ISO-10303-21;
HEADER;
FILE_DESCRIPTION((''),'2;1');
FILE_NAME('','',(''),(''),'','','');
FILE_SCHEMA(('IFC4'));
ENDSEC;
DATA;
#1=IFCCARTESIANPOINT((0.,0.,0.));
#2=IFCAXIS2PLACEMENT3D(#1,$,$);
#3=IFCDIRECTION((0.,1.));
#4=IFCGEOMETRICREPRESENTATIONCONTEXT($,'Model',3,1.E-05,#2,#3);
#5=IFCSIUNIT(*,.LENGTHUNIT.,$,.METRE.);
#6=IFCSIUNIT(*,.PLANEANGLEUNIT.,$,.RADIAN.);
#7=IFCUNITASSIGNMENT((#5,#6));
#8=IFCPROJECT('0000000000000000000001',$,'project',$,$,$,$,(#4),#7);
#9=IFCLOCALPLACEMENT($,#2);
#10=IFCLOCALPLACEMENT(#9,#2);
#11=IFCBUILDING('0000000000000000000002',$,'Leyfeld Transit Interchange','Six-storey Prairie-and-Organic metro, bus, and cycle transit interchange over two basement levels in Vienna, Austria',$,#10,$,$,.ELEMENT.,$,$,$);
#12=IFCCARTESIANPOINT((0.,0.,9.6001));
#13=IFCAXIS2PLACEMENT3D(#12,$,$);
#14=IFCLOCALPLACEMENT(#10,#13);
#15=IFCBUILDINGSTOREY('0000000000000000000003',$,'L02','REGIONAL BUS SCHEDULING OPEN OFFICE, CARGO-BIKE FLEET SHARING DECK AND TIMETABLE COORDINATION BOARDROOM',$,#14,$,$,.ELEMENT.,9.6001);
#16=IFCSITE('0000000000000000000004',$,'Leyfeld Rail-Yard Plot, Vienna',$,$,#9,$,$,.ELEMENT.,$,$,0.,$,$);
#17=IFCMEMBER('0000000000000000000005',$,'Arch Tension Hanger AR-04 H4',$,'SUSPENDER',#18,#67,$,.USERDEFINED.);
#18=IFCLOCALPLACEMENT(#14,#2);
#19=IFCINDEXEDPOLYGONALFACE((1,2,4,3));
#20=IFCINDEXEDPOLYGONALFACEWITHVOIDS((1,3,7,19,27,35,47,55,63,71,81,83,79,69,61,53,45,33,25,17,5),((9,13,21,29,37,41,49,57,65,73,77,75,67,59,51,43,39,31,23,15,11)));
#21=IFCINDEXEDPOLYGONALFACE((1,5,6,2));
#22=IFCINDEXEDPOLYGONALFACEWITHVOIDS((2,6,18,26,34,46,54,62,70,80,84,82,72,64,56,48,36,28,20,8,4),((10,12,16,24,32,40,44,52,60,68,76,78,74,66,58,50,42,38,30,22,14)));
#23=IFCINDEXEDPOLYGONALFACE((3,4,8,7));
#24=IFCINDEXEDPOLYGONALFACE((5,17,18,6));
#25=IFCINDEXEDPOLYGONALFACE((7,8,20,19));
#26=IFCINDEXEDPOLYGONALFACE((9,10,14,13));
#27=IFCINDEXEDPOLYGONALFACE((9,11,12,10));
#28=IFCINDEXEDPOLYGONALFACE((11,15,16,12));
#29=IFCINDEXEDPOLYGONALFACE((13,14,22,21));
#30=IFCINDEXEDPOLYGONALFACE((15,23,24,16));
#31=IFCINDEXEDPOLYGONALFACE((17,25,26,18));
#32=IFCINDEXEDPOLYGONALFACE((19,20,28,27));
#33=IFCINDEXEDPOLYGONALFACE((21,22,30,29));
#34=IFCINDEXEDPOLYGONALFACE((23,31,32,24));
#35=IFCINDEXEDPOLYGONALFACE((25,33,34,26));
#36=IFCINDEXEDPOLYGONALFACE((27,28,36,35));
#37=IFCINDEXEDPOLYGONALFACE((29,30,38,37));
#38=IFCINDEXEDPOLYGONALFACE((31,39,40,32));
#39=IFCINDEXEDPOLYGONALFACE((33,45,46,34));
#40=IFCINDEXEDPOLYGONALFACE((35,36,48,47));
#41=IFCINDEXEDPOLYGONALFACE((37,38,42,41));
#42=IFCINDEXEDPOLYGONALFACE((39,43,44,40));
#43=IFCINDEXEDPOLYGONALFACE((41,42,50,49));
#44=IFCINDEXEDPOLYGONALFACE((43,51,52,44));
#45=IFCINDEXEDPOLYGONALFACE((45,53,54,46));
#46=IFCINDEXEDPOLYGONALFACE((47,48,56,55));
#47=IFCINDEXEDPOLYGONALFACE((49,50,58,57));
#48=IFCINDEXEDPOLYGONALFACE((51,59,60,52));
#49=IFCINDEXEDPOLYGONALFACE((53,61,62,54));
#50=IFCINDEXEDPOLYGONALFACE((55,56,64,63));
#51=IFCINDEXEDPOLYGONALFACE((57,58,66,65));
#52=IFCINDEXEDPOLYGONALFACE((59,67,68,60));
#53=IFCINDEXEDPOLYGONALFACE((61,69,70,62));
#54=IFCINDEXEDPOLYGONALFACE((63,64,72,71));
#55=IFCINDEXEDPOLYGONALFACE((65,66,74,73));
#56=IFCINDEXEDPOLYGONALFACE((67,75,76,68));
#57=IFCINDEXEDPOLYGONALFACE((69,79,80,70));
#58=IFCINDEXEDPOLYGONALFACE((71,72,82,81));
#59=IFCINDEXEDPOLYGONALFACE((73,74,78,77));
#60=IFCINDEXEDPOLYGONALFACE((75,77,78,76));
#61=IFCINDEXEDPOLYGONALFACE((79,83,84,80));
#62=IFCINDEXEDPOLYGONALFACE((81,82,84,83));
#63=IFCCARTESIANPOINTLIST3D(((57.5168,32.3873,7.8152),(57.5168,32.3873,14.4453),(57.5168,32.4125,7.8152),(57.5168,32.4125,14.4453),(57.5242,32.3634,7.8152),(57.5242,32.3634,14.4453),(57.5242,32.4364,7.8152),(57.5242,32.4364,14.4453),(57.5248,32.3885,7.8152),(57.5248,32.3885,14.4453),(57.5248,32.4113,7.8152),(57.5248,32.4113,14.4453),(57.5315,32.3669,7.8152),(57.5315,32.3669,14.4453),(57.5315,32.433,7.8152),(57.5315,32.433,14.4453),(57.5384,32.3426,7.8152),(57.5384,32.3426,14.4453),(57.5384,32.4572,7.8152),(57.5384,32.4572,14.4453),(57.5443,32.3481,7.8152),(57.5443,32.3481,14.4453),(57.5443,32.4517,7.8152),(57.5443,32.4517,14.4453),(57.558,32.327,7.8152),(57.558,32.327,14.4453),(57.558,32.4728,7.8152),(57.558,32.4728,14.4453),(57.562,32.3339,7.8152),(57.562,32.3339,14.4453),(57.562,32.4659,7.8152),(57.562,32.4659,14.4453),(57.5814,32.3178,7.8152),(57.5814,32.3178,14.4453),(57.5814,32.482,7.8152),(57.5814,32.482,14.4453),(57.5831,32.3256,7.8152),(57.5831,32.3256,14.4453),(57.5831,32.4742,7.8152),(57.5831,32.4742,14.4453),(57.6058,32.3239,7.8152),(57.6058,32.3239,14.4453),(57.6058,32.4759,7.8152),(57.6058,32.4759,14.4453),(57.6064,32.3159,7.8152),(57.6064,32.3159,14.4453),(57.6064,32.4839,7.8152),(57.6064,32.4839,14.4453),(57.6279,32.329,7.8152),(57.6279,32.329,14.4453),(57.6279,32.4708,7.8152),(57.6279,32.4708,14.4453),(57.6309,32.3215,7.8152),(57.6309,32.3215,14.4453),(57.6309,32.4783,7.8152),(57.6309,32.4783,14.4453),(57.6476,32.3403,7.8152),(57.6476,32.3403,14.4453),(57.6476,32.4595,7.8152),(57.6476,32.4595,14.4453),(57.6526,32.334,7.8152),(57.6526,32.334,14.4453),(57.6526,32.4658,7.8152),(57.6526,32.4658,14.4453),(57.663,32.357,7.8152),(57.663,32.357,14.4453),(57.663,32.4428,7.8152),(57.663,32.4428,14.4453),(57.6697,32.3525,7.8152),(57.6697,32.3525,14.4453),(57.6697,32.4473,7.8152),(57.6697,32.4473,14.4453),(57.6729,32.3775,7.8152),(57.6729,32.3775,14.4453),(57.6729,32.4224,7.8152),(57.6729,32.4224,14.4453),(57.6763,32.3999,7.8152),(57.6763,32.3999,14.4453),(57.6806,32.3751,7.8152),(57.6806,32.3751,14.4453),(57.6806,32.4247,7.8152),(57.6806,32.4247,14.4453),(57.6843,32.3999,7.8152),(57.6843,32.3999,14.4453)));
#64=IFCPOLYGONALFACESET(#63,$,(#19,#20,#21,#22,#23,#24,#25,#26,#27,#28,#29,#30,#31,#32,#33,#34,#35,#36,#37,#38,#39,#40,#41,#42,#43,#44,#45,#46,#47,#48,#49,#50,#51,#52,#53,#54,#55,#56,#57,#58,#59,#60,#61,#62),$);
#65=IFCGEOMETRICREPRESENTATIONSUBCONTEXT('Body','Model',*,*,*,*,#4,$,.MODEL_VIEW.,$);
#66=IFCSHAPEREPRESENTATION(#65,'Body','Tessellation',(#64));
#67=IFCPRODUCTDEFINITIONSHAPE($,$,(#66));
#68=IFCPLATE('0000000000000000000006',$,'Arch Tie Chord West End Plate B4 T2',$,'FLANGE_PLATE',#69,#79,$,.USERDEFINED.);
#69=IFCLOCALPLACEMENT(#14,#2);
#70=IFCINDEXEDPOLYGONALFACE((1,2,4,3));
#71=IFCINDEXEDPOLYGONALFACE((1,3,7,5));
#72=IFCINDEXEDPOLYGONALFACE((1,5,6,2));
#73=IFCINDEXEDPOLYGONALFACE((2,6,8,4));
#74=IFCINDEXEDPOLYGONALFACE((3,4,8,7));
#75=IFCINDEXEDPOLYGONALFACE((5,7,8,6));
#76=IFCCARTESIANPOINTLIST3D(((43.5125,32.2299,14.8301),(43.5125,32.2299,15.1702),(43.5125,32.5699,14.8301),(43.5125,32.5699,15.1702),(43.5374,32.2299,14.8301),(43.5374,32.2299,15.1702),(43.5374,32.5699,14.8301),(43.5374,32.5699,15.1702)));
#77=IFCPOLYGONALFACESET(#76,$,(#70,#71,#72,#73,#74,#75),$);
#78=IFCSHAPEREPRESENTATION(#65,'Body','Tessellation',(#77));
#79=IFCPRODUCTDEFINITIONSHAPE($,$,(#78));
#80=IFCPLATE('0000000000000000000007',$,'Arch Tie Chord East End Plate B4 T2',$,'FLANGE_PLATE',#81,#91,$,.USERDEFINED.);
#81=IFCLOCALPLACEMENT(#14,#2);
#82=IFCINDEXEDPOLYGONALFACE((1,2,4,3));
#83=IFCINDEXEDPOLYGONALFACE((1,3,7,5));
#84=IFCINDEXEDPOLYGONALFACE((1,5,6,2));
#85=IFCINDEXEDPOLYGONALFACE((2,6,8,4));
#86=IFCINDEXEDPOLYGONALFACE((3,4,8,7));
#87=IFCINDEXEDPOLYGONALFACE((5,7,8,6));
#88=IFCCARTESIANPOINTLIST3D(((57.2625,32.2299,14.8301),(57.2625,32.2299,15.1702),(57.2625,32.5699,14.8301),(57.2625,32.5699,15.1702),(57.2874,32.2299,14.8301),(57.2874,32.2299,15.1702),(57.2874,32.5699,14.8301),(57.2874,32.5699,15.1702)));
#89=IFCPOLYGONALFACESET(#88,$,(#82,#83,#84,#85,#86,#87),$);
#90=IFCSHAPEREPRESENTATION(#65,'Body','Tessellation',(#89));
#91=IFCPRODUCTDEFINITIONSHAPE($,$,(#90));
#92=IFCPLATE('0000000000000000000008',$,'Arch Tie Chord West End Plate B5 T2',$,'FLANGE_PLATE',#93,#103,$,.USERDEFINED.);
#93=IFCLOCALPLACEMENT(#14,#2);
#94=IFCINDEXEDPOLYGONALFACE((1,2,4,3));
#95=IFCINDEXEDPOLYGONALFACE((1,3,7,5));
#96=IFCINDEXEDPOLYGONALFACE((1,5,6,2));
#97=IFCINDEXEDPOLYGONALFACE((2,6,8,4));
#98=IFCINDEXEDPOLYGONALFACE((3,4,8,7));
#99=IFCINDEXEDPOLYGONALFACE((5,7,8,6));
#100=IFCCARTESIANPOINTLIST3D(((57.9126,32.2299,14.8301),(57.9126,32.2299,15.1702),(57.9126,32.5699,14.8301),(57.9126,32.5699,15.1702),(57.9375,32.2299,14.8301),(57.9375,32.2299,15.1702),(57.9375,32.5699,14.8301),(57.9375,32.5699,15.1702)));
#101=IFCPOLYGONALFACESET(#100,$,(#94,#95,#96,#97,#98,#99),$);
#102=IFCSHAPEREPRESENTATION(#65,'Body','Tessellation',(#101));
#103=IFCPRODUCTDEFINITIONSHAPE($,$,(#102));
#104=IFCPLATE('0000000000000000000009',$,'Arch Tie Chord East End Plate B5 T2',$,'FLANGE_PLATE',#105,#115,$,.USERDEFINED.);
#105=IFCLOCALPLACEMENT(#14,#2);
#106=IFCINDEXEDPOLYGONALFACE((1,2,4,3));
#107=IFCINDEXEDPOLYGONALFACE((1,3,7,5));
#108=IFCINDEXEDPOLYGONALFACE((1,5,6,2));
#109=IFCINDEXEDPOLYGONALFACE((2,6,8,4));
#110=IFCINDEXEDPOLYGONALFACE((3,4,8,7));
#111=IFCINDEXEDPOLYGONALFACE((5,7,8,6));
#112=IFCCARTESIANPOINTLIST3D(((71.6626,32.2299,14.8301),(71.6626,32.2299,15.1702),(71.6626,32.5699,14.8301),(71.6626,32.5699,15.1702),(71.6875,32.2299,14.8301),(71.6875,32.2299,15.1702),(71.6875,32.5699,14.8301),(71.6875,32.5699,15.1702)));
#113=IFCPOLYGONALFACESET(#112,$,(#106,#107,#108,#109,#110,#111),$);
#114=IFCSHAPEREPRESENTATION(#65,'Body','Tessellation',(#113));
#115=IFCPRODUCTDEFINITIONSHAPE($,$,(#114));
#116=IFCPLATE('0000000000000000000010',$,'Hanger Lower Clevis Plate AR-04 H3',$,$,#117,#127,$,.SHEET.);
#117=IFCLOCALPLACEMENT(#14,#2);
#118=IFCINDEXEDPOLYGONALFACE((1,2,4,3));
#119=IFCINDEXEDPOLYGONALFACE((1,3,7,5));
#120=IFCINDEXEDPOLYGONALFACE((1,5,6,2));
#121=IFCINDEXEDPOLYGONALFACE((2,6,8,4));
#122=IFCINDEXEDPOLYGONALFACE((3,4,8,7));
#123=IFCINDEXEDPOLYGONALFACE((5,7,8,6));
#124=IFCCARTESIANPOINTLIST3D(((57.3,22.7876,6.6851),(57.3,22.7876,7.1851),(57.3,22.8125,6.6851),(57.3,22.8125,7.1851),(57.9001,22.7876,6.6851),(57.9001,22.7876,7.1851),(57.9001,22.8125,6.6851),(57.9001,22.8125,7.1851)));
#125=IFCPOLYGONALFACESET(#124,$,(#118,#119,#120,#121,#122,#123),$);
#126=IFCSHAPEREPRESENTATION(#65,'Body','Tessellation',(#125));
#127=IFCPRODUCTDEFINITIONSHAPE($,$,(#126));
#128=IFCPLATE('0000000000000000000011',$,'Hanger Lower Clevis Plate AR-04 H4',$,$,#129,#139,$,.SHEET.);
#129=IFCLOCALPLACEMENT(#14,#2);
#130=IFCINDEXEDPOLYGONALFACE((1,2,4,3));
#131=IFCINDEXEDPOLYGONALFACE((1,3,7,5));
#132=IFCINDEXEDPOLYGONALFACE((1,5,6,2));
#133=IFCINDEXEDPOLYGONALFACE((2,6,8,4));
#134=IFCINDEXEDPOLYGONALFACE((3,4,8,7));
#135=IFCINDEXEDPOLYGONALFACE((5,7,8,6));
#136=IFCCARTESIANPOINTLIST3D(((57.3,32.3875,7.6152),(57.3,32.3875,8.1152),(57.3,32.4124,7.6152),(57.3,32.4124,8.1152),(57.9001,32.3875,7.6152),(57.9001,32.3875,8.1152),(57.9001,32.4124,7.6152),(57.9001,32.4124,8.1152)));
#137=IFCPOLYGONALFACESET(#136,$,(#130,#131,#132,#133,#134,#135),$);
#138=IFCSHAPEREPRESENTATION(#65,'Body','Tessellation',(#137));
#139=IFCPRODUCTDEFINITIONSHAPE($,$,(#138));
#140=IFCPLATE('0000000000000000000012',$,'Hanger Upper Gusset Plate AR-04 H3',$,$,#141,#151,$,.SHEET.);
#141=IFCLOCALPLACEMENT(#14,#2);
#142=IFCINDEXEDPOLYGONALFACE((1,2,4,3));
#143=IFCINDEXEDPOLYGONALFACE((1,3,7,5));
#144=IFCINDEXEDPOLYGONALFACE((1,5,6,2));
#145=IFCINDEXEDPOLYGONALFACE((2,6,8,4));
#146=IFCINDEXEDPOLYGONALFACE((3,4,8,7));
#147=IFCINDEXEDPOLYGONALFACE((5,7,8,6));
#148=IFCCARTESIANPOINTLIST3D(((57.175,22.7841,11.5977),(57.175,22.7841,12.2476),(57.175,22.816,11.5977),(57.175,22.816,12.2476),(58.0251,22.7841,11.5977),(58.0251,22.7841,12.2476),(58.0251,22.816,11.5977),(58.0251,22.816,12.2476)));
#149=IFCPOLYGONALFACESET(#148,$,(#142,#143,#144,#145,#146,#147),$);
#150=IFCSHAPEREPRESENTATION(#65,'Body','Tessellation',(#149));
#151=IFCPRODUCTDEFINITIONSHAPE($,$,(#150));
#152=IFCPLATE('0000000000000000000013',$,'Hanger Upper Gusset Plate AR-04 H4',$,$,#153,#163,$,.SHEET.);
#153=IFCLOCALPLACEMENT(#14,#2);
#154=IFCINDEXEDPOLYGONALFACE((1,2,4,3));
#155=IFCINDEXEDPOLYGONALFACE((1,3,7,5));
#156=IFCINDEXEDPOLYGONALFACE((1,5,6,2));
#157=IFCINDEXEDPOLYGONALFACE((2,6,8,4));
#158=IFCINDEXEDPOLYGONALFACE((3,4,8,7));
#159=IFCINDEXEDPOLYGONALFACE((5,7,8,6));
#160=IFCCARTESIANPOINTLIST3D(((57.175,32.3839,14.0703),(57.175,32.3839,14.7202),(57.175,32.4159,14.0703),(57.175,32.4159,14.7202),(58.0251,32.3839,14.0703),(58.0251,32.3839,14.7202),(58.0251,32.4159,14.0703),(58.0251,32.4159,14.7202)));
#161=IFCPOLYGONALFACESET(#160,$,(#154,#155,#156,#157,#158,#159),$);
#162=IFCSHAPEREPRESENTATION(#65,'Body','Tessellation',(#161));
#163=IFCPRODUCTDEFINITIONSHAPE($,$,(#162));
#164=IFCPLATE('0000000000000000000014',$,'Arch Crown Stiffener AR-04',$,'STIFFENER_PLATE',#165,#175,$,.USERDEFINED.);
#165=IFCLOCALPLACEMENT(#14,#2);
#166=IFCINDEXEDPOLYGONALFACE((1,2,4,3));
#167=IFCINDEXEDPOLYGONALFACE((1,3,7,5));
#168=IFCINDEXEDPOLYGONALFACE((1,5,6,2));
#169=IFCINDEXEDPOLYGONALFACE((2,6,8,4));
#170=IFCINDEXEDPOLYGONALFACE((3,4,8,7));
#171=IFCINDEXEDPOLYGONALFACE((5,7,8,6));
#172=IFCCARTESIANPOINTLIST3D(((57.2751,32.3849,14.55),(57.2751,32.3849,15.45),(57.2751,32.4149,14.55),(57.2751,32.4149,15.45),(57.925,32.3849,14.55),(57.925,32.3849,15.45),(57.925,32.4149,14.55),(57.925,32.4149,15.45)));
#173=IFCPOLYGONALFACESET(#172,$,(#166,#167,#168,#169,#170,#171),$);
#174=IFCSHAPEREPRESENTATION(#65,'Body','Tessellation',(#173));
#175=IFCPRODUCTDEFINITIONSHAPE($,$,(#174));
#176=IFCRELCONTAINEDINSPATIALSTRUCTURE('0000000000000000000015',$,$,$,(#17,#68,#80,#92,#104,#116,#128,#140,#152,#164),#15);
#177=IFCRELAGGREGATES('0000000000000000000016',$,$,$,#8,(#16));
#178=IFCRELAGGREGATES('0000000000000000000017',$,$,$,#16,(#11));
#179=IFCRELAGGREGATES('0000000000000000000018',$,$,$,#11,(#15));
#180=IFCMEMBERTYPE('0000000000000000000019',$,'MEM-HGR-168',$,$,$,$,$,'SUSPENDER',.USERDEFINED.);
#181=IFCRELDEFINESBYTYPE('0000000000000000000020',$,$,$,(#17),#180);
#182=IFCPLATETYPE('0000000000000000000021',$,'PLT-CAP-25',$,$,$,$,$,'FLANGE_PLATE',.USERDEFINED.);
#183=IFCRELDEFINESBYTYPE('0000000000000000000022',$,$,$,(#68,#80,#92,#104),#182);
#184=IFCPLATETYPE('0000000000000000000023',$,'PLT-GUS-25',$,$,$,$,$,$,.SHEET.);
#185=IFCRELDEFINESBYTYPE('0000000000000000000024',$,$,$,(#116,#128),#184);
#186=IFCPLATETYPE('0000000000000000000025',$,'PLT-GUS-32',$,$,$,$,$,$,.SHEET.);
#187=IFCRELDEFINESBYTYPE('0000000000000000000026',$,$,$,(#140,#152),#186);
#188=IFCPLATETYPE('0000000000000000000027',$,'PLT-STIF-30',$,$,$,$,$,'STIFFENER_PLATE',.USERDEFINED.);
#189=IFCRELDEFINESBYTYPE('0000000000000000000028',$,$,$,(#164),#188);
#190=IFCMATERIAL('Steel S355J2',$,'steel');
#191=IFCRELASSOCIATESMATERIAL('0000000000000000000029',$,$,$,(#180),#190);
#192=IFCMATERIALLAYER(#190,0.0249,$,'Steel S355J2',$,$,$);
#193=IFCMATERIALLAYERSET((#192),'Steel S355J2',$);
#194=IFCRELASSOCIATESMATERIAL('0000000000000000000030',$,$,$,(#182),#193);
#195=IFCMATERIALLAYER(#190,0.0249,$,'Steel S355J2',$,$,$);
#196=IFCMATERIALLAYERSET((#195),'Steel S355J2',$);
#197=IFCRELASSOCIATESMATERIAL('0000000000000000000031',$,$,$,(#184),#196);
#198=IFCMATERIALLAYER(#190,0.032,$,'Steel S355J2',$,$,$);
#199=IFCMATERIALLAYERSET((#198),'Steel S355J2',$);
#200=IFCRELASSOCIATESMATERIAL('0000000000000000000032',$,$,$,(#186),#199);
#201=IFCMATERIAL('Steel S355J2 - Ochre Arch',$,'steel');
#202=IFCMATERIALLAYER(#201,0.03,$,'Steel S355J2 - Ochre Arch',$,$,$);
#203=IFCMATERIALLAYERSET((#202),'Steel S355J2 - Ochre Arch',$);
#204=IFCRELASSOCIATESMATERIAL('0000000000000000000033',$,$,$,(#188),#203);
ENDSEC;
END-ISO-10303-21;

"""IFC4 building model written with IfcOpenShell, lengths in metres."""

from ifc_helpers import new_model, si_unit, direction, frame, origin, origin_2d, place, context, subcontext, project, spatial, rectangle, hollow_circle, extrude, material, layer, layer_set, material_profile, profile_set, type_object, element, save


model = new_model("IFC4")

# Units and contexts
model_context = context("Model", 3, precision=1e-05, world=origin(), true_north=direction((0.0, 1.0)))
body_context = subcontext(model_context, "Body", "Model", "MODEL_VIEW")
ifc_project = project(units=[si_unit("LENGTHUNIT", "METRE"), si_unit("PLANEANGLEUNIT", "RADIAN")], contexts=[model_context])

# Site, building, storey
site_placement = place(None, origin())
site = spatial("IfcSite", under=ifc_project, at=site_placement, Name="Leyfeld Rail-Yard Plot, Vienna", CompositionType="ELEMENT", RefElevation=0.0)
building_placement = place(site_placement, origin())
building = spatial("IfcBuilding", under=site, at=building_placement, Name="Leyfeld Transit Interchange", Description="Six-storey Prairie-and-Organic metro, bus, and cycle transit interchange over two basement levels in Vienna, Austria", CompositionType="ELEMENT")
storey_placement = place(building_placement, frame((0.0, 0.0, 9.6001)))
storey = spatial("IfcBuildingStorey", under=building, at=storey_placement, Name="L02", Description="REGIONAL BUS SCHEDULING OPEN OFFICE, CARGO-BIKE FLEET SHARING DECK AND TIMETABLE COORDINATION BOARDROOM", CompositionType="ELEMENT", Elevation=9.6001)

# Member
ifc_material_1 = material(Name="Steel S355J2 - Ochre Arch", Category="steel")
ifc_material_2 = material(Name="Steel S355J2", Category="steel")
ifc_material_profile_1 = material_profile(ifc_material_2, hollow_circle(Radius=0.0842, WallThickness=0.0081, at=origin_2d()), Name="CHS 168.3x8")
ifc_profile_set_1 = profile_set([ifc_material_profile_1], Name="Steel S355J2")
member_type_1 = type_object("IfcMemberType", Name="MEM-HGR-168", ElementType="SUSPENDER", PredefinedType="USERDEFINED", material=ifc_profile_set_1)
member_1_placement = place(storey_placement, frame((57.6001, 32.3999, 7.8152), z_axis=(0.0, 0.0, 1.0), x_axis=(1.0, 0.0, 0.0)))
element("IfcMember", 1, at=member_1_placement, inside=storey, type_object=member_type_1, Name="Arch Tension Hanger AR-04 H4", ObjectType="SUSPENDER", PredefinedType="USERDEFINED", context=body_context, shape_type="SweptSolid", body=[
    extrude(hollow_circle(Radius=0.0842, WallThickness=0.0081, at=origin_2d()), origin(), (0.0, 0.0, 1.0), 6.6301),
])

# Plates
ifc_layer_1 = layer(ifc_material_2, 0.0249, Name="Steel S355J2")
ifc_layer_set_1 = layer_set([ifc_layer_1], Name="Steel S355J2")
plate_type_1 = type_object("IfcPlateType", Name="PLT-CAP-25", ElementType="FLANGE_PLATE", PredefinedType="USERDEFINED", material=ifc_layer_set_1)
for number, where, z_axis, x_axis, name in (
    (2, (43.5249, 32.3999, 14.8301), (0.0, 0.0, 1.0), (0.0, 1.0, 0.0), "Arch Tie Chord West End Plate B4 T2"),
    (3, (57.2749, 32.3999, 14.8301), (0.0, 0.0, 1.0), (0.0, 1.0, 0.0), "Arch Tie Chord East End Plate B4 T2"),
    (4, (57.925, 32.3999, 14.8301), (0.0, 0.0, 1.0), (0.0, 1.0, 0.0), "Arch Tie Chord West End Plate B5 T2"),
    (5, (71.675, 32.3999, 14.8301), (0.0, 0.0, 1.0), (0.0, 1.0, 0.0), "Arch Tie Chord East End Plate B5 T2"),
):
    element("IfcPlate", number, at=place(storey_placement, frame(where, z_axis=z_axis, x_axis=x_axis)), inside=storey, type_object=plate_type_1, Name=name, ObjectType="FLANGE_PLATE", PredefinedType="USERDEFINED", context=body_context, shape_type="SweptSolid", body=[
        extrude(rectangle(XDim=0.3401, YDim=0.0249, at=origin_2d()), origin(), (0.0, 0.0, 1.0), 0.3401),
    ])
ifc_layer_2 = layer(ifc_material_2, 0.0249, Name="Steel S355J2")
ifc_layer_set_2 = layer_set([ifc_layer_2], Name="Steel S355J2")
plate_type_2 = type_object("IfcPlateType", Name="PLT-GUS-25", PredefinedType="SHEET", material=ifc_layer_set_2)
for number, where, z_axis, x_axis, name in (
    (6, (57.6001, 22.8, 6.6851), (0.0, 0.0, 1.0), (1.0, 0.0, 0.0), "Hanger Lower Clevis Plate AR-04 H3"),
    (7, (57.6001, 32.3999, 7.6152), (0.0, 0.0, 1.0), (1.0, 0.0, 0.0), "Hanger Lower Clevis Plate AR-04 H4"),
):
    element("IfcPlate", number, at=place(storey_placement, frame(where, z_axis=z_axis, x_axis=x_axis)), inside=storey, type_object=plate_type_2, Name=name, PredefinedType="SHEET", context=body_context, shape_type="SweptSolid", body=[
        extrude(rectangle(XDim=0.6001, YDim=0.0249, at=origin_2d()), origin(), (0.0, 0.0, 1.0), 0.5),
    ])
ifc_layer_3 = layer(ifc_material_2, 0.032, Name="Steel S355J2")
ifc_layer_set_3 = layer_set([ifc_layer_3], Name="Steel S355J2")
plate_type_3 = type_object("IfcPlateType", Name="PLT-GUS-32", PredefinedType="SHEET", material=ifc_layer_set_3)
for number, where, z_axis, x_axis, name in (
    (8, (57.6001, 22.8, 11.5977), (0.0, 0.0, 1.0), (1.0, 0.0, 0.0), "Hanger Upper Gusset Plate AR-04 H3"),
    (9, (57.6001, 32.3999, 14.0703), (0.0, 0.0, 1.0), (1.0, 0.0, 0.0), "Hanger Upper Gusset Plate AR-04 H4"),
):
    element("IfcPlate", number, at=place(storey_placement, frame(where, z_axis=z_axis, x_axis=x_axis)), inside=storey, type_object=plate_type_3, Name=name, PredefinedType="SHEET", context=body_context, shape_type="SweptSolid", body=[
        extrude(rectangle(XDim=0.8501, YDim=0.032, at=origin_2d()), origin(), (0.0, 0.0, 1.0), 0.6499),
    ])
ifc_layer_4 = layer(ifc_material_1, 0.03, Name="Steel S355J2 - Ochre Arch")
ifc_layer_set_4 = layer_set([ifc_layer_4], Name="Steel S355J2 - Ochre Arch")
plate_type_4 = type_object("IfcPlateType", Name="PLT-STIF-30", ElementType="STIFFENER_PLATE", PredefinedType="USERDEFINED", material=ifc_layer_set_4)
plate_placement = place(storey_placement, frame((57.6001, 32.3999, 14.55), z_axis=(0.0, 0.0, 1.0), x_axis=(1.0, 0.0, 0.0)))
element("IfcPlate", 10, at=plate_placement, inside=storey, type_object=plate_type_4, Name="Arch Crown Stiffener AR-04", ObjectType="STIFFENER_PLATE", PredefinedType="USERDEFINED", context=body_context, shape_type="SweptSolid", body=[
    extrude(rectangle(XDim=0.6499, YDim=0.03, at=origin_2d()), origin(), (0.0, 0.0, 1.0), 0.8999),
])

save(model, "model.ifc")
